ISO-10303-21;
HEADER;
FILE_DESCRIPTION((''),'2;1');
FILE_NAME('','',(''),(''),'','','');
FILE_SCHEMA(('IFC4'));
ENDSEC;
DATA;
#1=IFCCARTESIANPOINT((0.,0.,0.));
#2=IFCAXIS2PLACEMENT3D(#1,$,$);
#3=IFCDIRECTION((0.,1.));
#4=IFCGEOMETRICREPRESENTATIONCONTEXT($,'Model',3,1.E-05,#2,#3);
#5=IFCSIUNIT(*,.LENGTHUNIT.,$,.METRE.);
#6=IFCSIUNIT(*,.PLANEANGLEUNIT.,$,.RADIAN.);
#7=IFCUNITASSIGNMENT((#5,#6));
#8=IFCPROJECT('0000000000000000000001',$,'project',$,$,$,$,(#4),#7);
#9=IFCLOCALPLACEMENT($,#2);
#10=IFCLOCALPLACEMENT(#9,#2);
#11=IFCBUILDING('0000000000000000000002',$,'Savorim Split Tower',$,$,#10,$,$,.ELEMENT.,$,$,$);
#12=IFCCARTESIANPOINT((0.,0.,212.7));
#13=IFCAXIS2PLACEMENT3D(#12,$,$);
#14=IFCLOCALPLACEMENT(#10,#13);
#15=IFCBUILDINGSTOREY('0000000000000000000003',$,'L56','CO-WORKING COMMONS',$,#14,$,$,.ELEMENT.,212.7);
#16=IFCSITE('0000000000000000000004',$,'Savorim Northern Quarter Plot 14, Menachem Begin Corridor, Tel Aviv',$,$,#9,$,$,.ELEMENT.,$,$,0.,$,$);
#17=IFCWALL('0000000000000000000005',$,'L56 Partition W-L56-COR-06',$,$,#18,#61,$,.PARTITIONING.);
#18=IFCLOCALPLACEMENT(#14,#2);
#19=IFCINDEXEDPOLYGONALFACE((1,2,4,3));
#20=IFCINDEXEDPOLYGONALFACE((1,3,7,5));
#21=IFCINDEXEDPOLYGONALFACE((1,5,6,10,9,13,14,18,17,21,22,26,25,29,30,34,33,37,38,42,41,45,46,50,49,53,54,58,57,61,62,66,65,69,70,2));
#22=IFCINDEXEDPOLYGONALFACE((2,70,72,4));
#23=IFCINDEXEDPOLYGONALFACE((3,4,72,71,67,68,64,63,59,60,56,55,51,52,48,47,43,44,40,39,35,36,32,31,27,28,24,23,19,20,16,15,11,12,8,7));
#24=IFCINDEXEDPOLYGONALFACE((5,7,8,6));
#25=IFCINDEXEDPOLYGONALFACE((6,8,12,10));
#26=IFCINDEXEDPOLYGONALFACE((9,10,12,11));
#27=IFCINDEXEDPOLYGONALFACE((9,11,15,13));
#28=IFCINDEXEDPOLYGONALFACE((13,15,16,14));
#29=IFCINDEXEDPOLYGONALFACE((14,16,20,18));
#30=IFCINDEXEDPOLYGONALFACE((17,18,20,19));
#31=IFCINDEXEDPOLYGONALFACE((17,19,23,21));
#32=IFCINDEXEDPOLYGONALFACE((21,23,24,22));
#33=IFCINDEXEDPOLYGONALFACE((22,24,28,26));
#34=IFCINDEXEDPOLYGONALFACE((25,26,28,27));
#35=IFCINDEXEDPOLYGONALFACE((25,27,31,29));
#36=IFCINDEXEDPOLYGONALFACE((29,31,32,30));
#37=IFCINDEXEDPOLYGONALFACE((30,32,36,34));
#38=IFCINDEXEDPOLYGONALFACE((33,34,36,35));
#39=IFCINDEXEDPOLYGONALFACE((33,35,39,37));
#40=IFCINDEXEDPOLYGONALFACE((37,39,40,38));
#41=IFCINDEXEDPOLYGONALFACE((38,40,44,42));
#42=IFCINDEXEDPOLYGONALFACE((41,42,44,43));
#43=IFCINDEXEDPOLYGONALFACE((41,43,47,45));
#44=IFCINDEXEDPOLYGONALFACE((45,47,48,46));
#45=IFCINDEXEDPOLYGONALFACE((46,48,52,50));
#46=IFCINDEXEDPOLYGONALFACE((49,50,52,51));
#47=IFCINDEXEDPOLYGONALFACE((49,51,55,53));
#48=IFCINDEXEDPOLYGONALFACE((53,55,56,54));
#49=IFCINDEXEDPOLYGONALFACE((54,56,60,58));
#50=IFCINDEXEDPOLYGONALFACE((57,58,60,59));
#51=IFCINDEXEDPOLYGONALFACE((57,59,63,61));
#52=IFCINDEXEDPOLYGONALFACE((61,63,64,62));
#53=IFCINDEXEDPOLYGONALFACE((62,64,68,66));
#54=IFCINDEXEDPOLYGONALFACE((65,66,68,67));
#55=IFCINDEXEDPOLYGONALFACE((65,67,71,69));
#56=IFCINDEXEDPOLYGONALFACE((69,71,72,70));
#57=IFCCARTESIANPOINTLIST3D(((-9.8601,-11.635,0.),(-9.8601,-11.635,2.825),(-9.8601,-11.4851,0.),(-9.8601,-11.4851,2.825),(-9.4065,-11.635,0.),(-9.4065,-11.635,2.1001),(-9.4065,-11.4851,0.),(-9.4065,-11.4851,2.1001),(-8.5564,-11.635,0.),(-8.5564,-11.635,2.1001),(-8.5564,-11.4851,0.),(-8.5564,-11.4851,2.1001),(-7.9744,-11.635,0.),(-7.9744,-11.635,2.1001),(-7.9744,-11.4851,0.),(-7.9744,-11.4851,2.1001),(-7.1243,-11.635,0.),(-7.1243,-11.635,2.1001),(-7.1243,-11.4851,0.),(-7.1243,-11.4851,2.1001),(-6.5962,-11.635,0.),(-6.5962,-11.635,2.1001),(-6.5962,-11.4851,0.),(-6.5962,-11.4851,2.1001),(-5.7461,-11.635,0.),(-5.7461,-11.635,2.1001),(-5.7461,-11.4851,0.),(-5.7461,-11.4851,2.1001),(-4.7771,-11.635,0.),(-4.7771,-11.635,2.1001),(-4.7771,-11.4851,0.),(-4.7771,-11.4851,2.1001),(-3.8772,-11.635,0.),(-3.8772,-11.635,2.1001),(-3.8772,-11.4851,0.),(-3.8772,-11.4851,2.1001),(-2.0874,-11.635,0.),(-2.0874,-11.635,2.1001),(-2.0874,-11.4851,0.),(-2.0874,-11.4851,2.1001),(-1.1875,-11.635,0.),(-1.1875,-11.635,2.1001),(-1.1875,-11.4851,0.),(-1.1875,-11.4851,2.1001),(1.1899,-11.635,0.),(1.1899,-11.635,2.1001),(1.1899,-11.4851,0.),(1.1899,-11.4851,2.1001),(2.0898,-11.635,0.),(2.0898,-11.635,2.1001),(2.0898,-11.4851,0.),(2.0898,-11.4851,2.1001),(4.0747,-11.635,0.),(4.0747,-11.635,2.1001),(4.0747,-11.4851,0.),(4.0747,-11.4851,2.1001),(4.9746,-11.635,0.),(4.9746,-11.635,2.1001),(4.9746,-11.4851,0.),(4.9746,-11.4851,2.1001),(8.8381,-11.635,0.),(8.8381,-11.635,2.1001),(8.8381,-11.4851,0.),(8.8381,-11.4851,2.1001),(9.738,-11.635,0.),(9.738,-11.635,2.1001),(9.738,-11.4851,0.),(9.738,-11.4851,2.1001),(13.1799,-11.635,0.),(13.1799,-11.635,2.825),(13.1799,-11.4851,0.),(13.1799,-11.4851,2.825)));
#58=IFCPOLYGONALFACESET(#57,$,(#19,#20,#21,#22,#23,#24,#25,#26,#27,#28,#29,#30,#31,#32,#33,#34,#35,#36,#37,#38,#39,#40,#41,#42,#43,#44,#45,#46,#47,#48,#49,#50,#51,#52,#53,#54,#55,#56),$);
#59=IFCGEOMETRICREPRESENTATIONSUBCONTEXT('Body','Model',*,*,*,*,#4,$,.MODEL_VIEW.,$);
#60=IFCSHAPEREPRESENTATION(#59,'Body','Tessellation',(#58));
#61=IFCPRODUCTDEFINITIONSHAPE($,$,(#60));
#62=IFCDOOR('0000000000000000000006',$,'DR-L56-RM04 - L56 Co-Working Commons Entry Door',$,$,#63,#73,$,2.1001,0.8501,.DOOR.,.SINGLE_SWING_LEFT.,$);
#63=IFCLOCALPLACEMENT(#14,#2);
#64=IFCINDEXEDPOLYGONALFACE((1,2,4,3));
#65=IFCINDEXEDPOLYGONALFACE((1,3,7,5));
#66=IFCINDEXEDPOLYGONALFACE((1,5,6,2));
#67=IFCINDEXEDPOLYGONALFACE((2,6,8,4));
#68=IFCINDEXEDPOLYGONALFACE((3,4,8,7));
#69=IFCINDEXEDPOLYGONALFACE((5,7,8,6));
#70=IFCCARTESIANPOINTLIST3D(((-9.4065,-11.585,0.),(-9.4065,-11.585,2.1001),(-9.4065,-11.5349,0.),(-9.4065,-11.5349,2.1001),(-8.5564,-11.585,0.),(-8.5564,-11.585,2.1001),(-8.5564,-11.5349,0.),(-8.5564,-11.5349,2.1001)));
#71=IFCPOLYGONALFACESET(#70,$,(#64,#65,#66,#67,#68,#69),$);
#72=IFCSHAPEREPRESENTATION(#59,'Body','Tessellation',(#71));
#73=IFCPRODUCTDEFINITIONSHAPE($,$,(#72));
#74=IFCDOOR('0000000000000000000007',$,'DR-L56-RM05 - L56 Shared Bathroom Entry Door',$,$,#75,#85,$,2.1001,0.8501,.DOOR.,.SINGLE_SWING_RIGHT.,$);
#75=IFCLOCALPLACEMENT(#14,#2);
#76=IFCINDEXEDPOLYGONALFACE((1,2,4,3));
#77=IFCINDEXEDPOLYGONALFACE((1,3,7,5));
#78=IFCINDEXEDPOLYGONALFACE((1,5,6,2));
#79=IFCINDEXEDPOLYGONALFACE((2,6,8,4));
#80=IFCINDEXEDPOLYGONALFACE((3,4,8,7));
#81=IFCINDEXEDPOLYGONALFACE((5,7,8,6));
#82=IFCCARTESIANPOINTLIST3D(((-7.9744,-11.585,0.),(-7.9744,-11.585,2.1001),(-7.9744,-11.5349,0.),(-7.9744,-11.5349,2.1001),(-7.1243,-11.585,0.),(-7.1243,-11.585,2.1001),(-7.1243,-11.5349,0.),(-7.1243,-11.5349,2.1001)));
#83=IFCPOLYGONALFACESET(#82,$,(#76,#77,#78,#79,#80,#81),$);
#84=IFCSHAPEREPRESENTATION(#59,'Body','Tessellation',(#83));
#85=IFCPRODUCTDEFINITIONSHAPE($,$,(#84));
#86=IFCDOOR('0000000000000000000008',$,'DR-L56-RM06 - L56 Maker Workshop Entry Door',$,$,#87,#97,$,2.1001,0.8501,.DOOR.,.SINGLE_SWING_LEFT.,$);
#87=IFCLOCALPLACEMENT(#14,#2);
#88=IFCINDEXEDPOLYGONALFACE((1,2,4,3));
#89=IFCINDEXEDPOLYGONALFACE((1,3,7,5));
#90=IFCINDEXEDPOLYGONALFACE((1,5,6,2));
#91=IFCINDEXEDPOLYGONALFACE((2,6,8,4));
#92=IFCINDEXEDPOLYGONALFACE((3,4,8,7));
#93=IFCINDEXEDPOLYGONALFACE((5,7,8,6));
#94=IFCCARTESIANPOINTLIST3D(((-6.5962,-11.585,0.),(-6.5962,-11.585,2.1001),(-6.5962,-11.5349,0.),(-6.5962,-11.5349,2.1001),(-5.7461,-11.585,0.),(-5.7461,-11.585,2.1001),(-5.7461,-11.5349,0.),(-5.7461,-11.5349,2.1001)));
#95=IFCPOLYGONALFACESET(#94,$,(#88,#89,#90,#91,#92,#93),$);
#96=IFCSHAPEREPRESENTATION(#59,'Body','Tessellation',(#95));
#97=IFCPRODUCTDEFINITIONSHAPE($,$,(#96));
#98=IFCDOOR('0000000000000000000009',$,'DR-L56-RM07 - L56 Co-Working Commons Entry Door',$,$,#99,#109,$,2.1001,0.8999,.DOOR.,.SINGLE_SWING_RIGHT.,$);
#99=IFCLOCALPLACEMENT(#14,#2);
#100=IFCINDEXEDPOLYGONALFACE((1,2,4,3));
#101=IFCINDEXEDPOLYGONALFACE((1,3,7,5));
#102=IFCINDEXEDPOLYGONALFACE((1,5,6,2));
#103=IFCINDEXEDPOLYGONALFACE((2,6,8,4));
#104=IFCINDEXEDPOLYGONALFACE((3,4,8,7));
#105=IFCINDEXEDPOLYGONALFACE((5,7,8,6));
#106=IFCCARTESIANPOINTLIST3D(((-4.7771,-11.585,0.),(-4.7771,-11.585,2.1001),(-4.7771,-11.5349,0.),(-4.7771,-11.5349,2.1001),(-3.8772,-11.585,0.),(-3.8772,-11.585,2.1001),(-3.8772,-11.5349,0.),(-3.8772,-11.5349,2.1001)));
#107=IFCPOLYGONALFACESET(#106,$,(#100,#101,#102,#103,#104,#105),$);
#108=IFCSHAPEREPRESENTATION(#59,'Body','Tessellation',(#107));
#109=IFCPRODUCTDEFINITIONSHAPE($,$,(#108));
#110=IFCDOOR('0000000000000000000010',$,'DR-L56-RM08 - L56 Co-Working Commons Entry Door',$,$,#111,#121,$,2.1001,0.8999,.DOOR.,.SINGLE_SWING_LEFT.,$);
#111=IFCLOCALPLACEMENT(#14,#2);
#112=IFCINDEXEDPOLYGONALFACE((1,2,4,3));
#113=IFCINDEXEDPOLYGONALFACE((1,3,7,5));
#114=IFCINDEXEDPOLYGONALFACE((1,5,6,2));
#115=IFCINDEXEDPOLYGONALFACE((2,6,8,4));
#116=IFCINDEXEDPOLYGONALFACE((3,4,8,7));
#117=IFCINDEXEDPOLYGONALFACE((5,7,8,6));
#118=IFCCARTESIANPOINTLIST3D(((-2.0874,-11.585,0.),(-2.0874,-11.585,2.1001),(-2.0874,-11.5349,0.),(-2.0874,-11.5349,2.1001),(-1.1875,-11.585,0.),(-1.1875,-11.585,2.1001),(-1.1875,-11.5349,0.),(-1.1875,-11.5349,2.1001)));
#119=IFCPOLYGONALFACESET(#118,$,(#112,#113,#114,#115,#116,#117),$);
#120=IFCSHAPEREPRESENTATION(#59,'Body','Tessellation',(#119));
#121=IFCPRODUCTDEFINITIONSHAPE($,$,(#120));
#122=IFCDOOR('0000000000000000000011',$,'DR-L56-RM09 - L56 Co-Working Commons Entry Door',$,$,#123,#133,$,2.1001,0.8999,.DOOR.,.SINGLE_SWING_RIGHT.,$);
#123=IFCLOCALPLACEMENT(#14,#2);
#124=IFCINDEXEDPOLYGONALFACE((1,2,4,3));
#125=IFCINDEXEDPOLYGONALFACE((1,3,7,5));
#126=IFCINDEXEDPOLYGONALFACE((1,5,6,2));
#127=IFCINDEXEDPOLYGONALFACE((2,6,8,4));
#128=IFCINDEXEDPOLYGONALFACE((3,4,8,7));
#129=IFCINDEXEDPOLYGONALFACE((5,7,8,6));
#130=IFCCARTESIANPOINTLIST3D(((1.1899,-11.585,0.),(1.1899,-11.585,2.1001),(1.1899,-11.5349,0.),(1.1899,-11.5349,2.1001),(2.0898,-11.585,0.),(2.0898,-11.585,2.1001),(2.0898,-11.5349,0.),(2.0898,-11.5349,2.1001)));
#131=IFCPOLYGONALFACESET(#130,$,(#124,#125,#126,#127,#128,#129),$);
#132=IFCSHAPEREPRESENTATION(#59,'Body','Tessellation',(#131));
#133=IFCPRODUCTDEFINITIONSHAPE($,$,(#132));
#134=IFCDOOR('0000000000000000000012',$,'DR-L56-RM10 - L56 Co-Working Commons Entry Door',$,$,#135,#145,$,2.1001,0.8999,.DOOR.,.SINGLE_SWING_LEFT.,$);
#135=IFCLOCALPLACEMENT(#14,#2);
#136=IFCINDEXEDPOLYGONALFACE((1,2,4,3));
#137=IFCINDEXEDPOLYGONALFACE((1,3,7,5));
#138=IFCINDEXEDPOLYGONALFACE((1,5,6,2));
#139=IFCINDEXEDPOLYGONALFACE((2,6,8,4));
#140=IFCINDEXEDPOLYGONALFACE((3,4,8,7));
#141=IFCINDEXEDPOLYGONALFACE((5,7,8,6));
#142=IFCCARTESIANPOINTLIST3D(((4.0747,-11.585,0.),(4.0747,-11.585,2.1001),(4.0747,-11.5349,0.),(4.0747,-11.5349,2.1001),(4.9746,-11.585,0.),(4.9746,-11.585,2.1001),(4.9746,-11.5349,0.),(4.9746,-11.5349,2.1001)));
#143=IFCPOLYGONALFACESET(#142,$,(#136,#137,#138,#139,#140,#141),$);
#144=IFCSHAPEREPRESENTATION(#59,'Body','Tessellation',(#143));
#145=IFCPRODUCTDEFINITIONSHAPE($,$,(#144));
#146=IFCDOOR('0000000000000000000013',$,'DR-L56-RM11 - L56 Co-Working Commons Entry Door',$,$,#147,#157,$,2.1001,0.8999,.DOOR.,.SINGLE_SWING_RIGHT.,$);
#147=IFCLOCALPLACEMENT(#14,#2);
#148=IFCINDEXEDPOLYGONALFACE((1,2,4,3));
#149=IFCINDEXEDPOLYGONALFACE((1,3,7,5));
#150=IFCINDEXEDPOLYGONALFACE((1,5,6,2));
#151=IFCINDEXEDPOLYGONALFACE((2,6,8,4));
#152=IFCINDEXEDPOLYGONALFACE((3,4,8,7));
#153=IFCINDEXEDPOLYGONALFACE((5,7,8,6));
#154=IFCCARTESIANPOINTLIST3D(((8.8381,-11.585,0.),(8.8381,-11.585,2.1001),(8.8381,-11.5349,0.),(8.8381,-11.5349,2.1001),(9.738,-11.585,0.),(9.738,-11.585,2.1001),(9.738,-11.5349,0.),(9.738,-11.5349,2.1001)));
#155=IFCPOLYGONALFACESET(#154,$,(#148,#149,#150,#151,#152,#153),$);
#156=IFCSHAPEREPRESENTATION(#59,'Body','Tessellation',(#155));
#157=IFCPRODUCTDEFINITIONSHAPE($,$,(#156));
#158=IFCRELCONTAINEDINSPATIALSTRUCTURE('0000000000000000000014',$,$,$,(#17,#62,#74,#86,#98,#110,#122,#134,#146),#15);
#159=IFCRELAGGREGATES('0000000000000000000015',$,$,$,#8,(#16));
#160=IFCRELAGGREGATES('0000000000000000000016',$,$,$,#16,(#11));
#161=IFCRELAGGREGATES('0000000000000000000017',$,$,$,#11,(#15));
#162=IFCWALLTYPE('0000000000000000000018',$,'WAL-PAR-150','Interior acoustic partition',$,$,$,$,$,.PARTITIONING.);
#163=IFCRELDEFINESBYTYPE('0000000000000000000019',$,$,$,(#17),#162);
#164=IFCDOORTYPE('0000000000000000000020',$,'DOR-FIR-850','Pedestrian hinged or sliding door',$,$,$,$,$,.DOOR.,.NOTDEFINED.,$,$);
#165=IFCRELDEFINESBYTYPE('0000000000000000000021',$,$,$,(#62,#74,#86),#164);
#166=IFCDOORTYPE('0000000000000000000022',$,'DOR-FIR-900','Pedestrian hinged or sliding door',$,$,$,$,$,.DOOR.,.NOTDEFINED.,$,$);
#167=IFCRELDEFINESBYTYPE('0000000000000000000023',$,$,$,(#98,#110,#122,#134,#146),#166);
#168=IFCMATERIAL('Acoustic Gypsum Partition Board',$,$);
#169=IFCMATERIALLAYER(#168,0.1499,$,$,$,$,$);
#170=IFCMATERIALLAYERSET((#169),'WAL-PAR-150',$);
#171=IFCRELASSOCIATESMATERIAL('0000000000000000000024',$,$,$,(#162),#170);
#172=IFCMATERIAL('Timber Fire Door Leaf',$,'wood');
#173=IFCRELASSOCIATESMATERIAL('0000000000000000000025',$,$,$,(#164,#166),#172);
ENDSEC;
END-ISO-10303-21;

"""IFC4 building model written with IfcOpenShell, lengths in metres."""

from ifc_helpers import new_model, si_unit, direction, frame, frame_2d, origin, place, context, subcontext, project, spatial, rectangle, extrude, material, layer, layer_set, type_object, element, fill, save


model = new_model("IFC4")

# Units and contexts
model_context = context("Model", 3, precision=1e-05, world=origin(), true_north=direction((0.0, 1.0)))
body_context = subcontext(model_context, "Body", "Model", "MODEL_VIEW")
ifc_project = project(units=[si_unit("LENGTHUNIT", "METRE"), si_unit("PLANEANGLEUNIT", "RADIAN")], contexts=[model_context])

# Site, building, storey
site_placement = place(None, origin())
site = spatial("IfcSite", under=ifc_project, at=site_placement, Name="Savorim Northern Quarter Plot 14, Menachem Begin Corridor, Tel Aviv", CompositionType="ELEMENT", RefElevation=0.0)
building_placement = place(site_placement, origin())
building = spatial("IfcBuilding", under=site, at=building_placement, Name="Savorim Split Tower", CompositionType="ELEMENT")
storey_placement = place(building_placement, frame((0.0, 0.0, 212.7)))
storey = spatial("IfcBuildingStorey", under=building, at=storey_placement, Name="L56", Description="CO-WORKING COMMONS", CompositionType="ELEMENT", Elevation=212.7)

# Wall, openings, doors
ifc_material_1 = material(Name="Acoustic Gypsum Partition Board")
ifc_layer_1 = layer(ifc_material_1, 0.1499)
ifc_layer_set_1 = layer_set([ifc_layer_1], Name="WAL-PAR-150")
wall_type = type_object("IfcWallType", Name="WAL-PAR-150", Description="Interior acoustic partition", PredefinedType="PARTITIONING", material=ifc_layer_set_1)
wall_1_placement = place(storey_placement, frame((13.1799, -11.5601, 0.0), z_axis=(0.0, 0.0, 1.0), x_axis=(-1.0, 0.0, 0.0)))
wall_1 = element("IfcWall", 1, at=wall_1_placement, inside=storey, type_object=wall_type, Name="L56 Partition W-L56-COR-06", PredefinedType="PARTITIONING", context=body_context, shape_type="SweptSolid", body=[
    extrude(rectangle(XDim=23.04, YDim=0.1499, at=frame_2d((11.52, 0.0))), origin(), (0.0, 0.0, 1.0), 2.825),
])
opening_1_placement = place(wall_1_placement, frame((21.7363, 0.0, 0.0)))
opening_1 = element("IfcOpeningElement", 2, at=opening_1_placement, cuts=wall_1, PredefinedType="OPENING", context=body_context, shape_type="SweptSolid", body=[
    extrude(rectangle(XDim=0.8501, YDim=2.1001, at=frame_2d((0.425, 1.05))), frame((0.0, 0.085, 0.0), z_axis=(0.0, -1.0, 0.0), x_axis=(1.0, 0.0, 0.0)), (0.0, 0.0, 1.0), 0.1699),
])
opening_2_placement = place(wall_1_placement, frame((20.3042, 0.0, 0.0)))
opening_2 = element("IfcOpeningElement", 3, at=opening_2_placement, cuts=wall_1, PredefinedType="OPENING", context=body_context, shape_type="SweptSolid", body=[
    extrude(rectangle(XDim=0.8501, YDim=2.1001, at=frame_2d((0.425, 1.05))), frame((0.0, 0.085, 0.0), z_axis=(0.0, -1.0, 0.0), x_axis=(1.0, 0.0, 0.0)), (0.0, 0.0, 1.0), 0.1699),
])
opening_3_placement = place(wall_1_placement, frame((18.926, 0.0, 0.0)))
opening_3 = element("IfcOpeningElement", 4, at=opening_3_placement, cuts=wall_1, PredefinedType="OPENING", context=body_context, shape_type="SweptSolid", body=[
    extrude(rectangle(XDim=0.8501, YDim=2.1001, at=frame_2d((0.425, 1.05))), frame((0.0, 0.085, 0.0), z_axis=(0.0, -1.0, 0.0), x_axis=(1.0, 0.0, 0.0)), (0.0, 0.0, 1.0), 0.1699),
])
opening_4_placement = place(wall_1_placement, frame((17.0571, 0.0, 0.0)))
opening_4 = element("IfcOpeningElement", 5, at=opening_4_placement, cuts=wall_1, PredefinedType="OPENING", context=body_context, shape_type="SweptSolid", body=[
    extrude(rectangle(XDim=0.8999, YDim=2.1001, at=frame_2d((0.45, 1.05))), frame((0.0, 0.085, 0.0), z_axis=(0.0, -1.0, 0.0), x_axis=(1.0, 0.0, 0.0)), (0.0, 0.0, 1.0), 0.1699),
])
opening_5_placement = place(wall_1_placement, frame((14.3674, 0.0, 0.0)))
opening_5 = element("IfcOpeningElement", 6, at=opening_5_placement, cuts=wall_1, PredefinedType="OPENING", context=body_context, shape_type="SweptSolid", body=[
    extrude(rectangle(XDim=0.8999, YDim=2.1001, at=frame_2d((0.45, 1.05))), frame((0.0, 0.085, 0.0), z_axis=(0.0, -1.0, 0.0), x_axis=(1.0, 0.0, 0.0)), (0.0, 0.0, 1.0), 0.1699),
])
opening_6_placement = place(wall_1_placement, frame((11.0901, 0.0, 0.0)))
opening_6 = element("IfcOpeningElement", 7, at=opening_6_placement, cuts=wall_1, PredefinedType="OPENING", context=body_context, shape_type="SweptSolid", body=[
    extrude(rectangle(XDim=0.8999, YDim=2.1001, at=frame_2d((0.45, 1.05))), frame((0.0, 0.085, 0.0), z_axis=(0.0, -1.0, 0.0), x_axis=(1.0, 0.0, 0.0)), (0.0, 0.0, 1.0), 0.1699),
])
opening_7_placement = place(wall_1_placement, frame((8.2053, 0.0, 0.0)))
opening_7 = element("IfcOpeningElement", 8, at=opening_7_placement, cuts=wall_1, PredefinedType="OPENING", context=body_context, shape_type="SweptSolid", body=[
    extrude(rectangle(XDim=0.8999, YDim=2.1001, at=frame_2d((0.45, 1.05))), frame((0.0, 0.085, 0.0), z_axis=(0.0, -1.0, 0.0), x_axis=(1.0, 0.0, 0.0)), (0.0, 0.0, 1.0), 0.1699),
])
opening_8_placement = place(wall_1_placement, frame((3.4419, 0.0, 0.0)))
opening_8 = element("IfcOpeningElement", 9, at=opening_8_placement, cuts=wall_1, PredefinedType="OPENING", context=body_context, shape_type="SweptSolid", body=[
    extrude(rectangle(XDim=0.8999, YDim=2.1001, at=frame_2d((0.45, 1.05))), frame((0.0, 0.085, 0.0), z_axis=(0.0, -1.0, 0.0), x_axis=(1.0, 0.0, 0.0)), (0.0, 0.0, 1.0), 0.1699),
])
ifc_material_2 = material(Name="Timber Fire Door Leaf", Category="wood")
door_type_1 = type_object("IfcDoorType", Name="DOR-FIR-850", Description="Pedestrian hinged or sliding door", OperationType="NOTDEFINED", PredefinedType="DOOR", material=ifc_material_2)
door_1_placement = place(opening_1_placement, origin())
door_1 = element("IfcDoor", 10, at=door_1_placement, inside=storey, type_object=door_type_1, Name="DR-L56-RM04 - L56 Co-Working Commons Entry Door", OperationType="SINGLE_SWING_LEFT", OverallHeight=2.1001, OverallWidth=0.8501, PredefinedType="DOOR", context=body_context, shape_type="SweptSolid", body=[
    extrude(rectangle(XDim=0.8501, YDim=2.1001, at=frame_2d((0.425, 1.05))), frame((0.0, 0.0249, 0.0), z_axis=(0.0, -1.0, 0.0), x_axis=(1.0, 0.0, 0.0)), (0.0, 0.0, 1.0), 0.05),
])
fill(opening_1, door_1)
door_2_placement = place(opening_2_placement, origin())
door_2 = element("IfcDoor", 11, at=door_2_placement, inside=storey, type_object=door_type_1, Name="DR-L56-RM05 - L56 Shared Bathroom Entry Door", OperationType="SINGLE_SWING_RIGHT", OverallHeight=2.1001, OverallWidth=0.8501, PredefinedType="DOOR", context=body_context, shape_type="SweptSolid", body=[
    extrude(rectangle(XDim=0.8501, YDim=2.1001, at=frame_2d((0.425, 1.05))), frame((0.0, 0.0249, 0.0), z_axis=(0.0, -1.0, 0.0), x_axis=(1.0, 0.0, 0.0)), (0.0, 0.0, 1.0), 0.05),
])
fill(opening_2, door_2)
door_3_placement = place(opening_3_placement, origin())
door_3 = element("IfcDoor", 12, at=door_3_placement, inside=storey, type_object=door_type_1, Name="DR-L56-RM06 - L56 Maker Workshop Entry Door", OperationType="SINGLE_SWING_LEFT", OverallHeight=2.1001, OverallWidth=0.8501, PredefinedType="DOOR", context=body_context, shape_type="SweptSolid", body=[
    extrude(rectangle(XDim=0.8501, YDim=2.1001, at=frame_2d((0.425, 1.05))), frame((0.0, 0.0249, 0.0), z_axis=(0.0, -1.0, 0.0), x_axis=(1.0, 0.0, 0.0)), (0.0, 0.0, 1.0), 0.05),
])
fill(opening_3, door_3)
door_type_2 = type_object("IfcDoorType", Name="DOR-FIR-900", Description="Pedestrian hinged or sliding door", OperationType="NOTDEFINED", PredefinedType="DOOR", material=ifc_material_2)
door_4_placement = place(opening_4_placement, origin())
door_4 = element("IfcDoor", 13, at=door_4_placement, inside=storey, type_object=door_type_2, Name="DR-L56-RM07 - L56 Co-Working Commons Entry Door", OperationType="SINGLE_SWING_RIGHT", OverallHeight=2.1001, OverallWidth=0.8999, PredefinedType="DOOR", context=body_context, shape_type="SweptSolid", body=[
    extrude(rectangle(XDim=0.8999, YDim=2.1001, at=frame_2d((0.45, 1.05))), frame((0.0, 0.0249, 0.0), z_axis=(0.0, -1.0, 0.0), x_axis=(1.0, 0.0, 0.0)), (0.0, 0.0, 1.0), 0.05),
])
fill(opening_4, door_4)
door_5_placement = place(opening_5_placement, origin())
door_5 = element("IfcDoor", 14, at=door_5_placement, inside=storey, type_object=door_type_2, Name="DR-L56-RM08 - L56 Co-Working Commons Entry Door", OperationType="SINGLE_SWING_LEFT", OverallHeight=2.1001, OverallWidth=0.8999, PredefinedType="DOOR", context=body_context, shape_type="SweptSolid", body=[
    extrude(rectangle(XDim=0.8999, YDim=2.1001, at=frame_2d((0.45, 1.05))), frame((0.0, 0.0249, 0.0), z_axis=(0.0, -1.0, 0.0), x_axis=(1.0, 0.0, 0.0)), (0.0, 0.0, 1.0), 0.05),
])
fill(opening_5, door_5)
door_6_placement = place(opening_6_placement, origin())
door_6 = element("IfcDoor", 15, at=door_6_placement, inside=storey, type_object=door_type_2, Name="DR-L56-RM09 - L56 Co-Working Commons Entry Door", OperationType="SINGLE_SWING_RIGHT", OverallHeight=2.1001, OverallWidth=0.8999, PredefinedType="DOOR", context=body_context, shape_type="SweptSolid", body=[
    extrude(rectangle(XDim=0.8999, YDim=2.1001, at=frame_2d((0.45, 1.05))), frame((0.0, 0.0249, 0.0), z_axis=(0.0, -1.0, 0.0), x_axis=(1.0, 0.0, 0.0)), (0.0, 0.0, 1.0), 0.05),
])
fill(opening_6, door_6)
door_7_placement = place(opening_7_placement, origin())
door_7 = element("IfcDoor", 16, at=door_7_placement, inside=storey, type_object=door_type_2, Name="DR-L56-RM10 - L56 Co-Working Commons Entry Door", OperationType="SINGLE_SWING_LEFT", OverallHeight=2.1001, OverallWidth=0.8999, PredefinedType="DOOR", context=body_context, shape_type="SweptSolid", body=[
    extrude(rectangle(XDim=0.8999, YDim=2.1001, at=frame_2d((0.45, 1.05))), frame((0.0, 0.0249, 0.0), z_axis=(0.0, -1.0, 0.0), x_axis=(1.0, 0.0, 0.0)), (0.0, 0.0, 1.0), 0.05),
])
fill(opening_7, door_7)
door_8_placement = place(opening_8_placement, origin())
door_8 = element("IfcDoor", 17, at=door_8_placement, inside=storey, type_object=door_type_2, Name="DR-L56-RM11 - L56 Co-Working Commons Entry Door", OperationType="SINGLE_SWING_RIGHT", OverallHeight=2.1001, OverallWidth=0.8999, PredefinedType="DOOR", context=body_context, shape_type="SweptSolid", body=[
    extrude(rectangle(XDim=0.8999, YDim=2.1001, at=frame_2d((0.45, 1.05))), frame((0.0, 0.0249, 0.0), z_axis=(0.0, -1.0, 0.0), x_axis=(1.0, 0.0, 0.0)), (0.0, 0.0, 1.0), 0.05),
])
fill(opening_8, door_8)

save(model, "model.ifc")
